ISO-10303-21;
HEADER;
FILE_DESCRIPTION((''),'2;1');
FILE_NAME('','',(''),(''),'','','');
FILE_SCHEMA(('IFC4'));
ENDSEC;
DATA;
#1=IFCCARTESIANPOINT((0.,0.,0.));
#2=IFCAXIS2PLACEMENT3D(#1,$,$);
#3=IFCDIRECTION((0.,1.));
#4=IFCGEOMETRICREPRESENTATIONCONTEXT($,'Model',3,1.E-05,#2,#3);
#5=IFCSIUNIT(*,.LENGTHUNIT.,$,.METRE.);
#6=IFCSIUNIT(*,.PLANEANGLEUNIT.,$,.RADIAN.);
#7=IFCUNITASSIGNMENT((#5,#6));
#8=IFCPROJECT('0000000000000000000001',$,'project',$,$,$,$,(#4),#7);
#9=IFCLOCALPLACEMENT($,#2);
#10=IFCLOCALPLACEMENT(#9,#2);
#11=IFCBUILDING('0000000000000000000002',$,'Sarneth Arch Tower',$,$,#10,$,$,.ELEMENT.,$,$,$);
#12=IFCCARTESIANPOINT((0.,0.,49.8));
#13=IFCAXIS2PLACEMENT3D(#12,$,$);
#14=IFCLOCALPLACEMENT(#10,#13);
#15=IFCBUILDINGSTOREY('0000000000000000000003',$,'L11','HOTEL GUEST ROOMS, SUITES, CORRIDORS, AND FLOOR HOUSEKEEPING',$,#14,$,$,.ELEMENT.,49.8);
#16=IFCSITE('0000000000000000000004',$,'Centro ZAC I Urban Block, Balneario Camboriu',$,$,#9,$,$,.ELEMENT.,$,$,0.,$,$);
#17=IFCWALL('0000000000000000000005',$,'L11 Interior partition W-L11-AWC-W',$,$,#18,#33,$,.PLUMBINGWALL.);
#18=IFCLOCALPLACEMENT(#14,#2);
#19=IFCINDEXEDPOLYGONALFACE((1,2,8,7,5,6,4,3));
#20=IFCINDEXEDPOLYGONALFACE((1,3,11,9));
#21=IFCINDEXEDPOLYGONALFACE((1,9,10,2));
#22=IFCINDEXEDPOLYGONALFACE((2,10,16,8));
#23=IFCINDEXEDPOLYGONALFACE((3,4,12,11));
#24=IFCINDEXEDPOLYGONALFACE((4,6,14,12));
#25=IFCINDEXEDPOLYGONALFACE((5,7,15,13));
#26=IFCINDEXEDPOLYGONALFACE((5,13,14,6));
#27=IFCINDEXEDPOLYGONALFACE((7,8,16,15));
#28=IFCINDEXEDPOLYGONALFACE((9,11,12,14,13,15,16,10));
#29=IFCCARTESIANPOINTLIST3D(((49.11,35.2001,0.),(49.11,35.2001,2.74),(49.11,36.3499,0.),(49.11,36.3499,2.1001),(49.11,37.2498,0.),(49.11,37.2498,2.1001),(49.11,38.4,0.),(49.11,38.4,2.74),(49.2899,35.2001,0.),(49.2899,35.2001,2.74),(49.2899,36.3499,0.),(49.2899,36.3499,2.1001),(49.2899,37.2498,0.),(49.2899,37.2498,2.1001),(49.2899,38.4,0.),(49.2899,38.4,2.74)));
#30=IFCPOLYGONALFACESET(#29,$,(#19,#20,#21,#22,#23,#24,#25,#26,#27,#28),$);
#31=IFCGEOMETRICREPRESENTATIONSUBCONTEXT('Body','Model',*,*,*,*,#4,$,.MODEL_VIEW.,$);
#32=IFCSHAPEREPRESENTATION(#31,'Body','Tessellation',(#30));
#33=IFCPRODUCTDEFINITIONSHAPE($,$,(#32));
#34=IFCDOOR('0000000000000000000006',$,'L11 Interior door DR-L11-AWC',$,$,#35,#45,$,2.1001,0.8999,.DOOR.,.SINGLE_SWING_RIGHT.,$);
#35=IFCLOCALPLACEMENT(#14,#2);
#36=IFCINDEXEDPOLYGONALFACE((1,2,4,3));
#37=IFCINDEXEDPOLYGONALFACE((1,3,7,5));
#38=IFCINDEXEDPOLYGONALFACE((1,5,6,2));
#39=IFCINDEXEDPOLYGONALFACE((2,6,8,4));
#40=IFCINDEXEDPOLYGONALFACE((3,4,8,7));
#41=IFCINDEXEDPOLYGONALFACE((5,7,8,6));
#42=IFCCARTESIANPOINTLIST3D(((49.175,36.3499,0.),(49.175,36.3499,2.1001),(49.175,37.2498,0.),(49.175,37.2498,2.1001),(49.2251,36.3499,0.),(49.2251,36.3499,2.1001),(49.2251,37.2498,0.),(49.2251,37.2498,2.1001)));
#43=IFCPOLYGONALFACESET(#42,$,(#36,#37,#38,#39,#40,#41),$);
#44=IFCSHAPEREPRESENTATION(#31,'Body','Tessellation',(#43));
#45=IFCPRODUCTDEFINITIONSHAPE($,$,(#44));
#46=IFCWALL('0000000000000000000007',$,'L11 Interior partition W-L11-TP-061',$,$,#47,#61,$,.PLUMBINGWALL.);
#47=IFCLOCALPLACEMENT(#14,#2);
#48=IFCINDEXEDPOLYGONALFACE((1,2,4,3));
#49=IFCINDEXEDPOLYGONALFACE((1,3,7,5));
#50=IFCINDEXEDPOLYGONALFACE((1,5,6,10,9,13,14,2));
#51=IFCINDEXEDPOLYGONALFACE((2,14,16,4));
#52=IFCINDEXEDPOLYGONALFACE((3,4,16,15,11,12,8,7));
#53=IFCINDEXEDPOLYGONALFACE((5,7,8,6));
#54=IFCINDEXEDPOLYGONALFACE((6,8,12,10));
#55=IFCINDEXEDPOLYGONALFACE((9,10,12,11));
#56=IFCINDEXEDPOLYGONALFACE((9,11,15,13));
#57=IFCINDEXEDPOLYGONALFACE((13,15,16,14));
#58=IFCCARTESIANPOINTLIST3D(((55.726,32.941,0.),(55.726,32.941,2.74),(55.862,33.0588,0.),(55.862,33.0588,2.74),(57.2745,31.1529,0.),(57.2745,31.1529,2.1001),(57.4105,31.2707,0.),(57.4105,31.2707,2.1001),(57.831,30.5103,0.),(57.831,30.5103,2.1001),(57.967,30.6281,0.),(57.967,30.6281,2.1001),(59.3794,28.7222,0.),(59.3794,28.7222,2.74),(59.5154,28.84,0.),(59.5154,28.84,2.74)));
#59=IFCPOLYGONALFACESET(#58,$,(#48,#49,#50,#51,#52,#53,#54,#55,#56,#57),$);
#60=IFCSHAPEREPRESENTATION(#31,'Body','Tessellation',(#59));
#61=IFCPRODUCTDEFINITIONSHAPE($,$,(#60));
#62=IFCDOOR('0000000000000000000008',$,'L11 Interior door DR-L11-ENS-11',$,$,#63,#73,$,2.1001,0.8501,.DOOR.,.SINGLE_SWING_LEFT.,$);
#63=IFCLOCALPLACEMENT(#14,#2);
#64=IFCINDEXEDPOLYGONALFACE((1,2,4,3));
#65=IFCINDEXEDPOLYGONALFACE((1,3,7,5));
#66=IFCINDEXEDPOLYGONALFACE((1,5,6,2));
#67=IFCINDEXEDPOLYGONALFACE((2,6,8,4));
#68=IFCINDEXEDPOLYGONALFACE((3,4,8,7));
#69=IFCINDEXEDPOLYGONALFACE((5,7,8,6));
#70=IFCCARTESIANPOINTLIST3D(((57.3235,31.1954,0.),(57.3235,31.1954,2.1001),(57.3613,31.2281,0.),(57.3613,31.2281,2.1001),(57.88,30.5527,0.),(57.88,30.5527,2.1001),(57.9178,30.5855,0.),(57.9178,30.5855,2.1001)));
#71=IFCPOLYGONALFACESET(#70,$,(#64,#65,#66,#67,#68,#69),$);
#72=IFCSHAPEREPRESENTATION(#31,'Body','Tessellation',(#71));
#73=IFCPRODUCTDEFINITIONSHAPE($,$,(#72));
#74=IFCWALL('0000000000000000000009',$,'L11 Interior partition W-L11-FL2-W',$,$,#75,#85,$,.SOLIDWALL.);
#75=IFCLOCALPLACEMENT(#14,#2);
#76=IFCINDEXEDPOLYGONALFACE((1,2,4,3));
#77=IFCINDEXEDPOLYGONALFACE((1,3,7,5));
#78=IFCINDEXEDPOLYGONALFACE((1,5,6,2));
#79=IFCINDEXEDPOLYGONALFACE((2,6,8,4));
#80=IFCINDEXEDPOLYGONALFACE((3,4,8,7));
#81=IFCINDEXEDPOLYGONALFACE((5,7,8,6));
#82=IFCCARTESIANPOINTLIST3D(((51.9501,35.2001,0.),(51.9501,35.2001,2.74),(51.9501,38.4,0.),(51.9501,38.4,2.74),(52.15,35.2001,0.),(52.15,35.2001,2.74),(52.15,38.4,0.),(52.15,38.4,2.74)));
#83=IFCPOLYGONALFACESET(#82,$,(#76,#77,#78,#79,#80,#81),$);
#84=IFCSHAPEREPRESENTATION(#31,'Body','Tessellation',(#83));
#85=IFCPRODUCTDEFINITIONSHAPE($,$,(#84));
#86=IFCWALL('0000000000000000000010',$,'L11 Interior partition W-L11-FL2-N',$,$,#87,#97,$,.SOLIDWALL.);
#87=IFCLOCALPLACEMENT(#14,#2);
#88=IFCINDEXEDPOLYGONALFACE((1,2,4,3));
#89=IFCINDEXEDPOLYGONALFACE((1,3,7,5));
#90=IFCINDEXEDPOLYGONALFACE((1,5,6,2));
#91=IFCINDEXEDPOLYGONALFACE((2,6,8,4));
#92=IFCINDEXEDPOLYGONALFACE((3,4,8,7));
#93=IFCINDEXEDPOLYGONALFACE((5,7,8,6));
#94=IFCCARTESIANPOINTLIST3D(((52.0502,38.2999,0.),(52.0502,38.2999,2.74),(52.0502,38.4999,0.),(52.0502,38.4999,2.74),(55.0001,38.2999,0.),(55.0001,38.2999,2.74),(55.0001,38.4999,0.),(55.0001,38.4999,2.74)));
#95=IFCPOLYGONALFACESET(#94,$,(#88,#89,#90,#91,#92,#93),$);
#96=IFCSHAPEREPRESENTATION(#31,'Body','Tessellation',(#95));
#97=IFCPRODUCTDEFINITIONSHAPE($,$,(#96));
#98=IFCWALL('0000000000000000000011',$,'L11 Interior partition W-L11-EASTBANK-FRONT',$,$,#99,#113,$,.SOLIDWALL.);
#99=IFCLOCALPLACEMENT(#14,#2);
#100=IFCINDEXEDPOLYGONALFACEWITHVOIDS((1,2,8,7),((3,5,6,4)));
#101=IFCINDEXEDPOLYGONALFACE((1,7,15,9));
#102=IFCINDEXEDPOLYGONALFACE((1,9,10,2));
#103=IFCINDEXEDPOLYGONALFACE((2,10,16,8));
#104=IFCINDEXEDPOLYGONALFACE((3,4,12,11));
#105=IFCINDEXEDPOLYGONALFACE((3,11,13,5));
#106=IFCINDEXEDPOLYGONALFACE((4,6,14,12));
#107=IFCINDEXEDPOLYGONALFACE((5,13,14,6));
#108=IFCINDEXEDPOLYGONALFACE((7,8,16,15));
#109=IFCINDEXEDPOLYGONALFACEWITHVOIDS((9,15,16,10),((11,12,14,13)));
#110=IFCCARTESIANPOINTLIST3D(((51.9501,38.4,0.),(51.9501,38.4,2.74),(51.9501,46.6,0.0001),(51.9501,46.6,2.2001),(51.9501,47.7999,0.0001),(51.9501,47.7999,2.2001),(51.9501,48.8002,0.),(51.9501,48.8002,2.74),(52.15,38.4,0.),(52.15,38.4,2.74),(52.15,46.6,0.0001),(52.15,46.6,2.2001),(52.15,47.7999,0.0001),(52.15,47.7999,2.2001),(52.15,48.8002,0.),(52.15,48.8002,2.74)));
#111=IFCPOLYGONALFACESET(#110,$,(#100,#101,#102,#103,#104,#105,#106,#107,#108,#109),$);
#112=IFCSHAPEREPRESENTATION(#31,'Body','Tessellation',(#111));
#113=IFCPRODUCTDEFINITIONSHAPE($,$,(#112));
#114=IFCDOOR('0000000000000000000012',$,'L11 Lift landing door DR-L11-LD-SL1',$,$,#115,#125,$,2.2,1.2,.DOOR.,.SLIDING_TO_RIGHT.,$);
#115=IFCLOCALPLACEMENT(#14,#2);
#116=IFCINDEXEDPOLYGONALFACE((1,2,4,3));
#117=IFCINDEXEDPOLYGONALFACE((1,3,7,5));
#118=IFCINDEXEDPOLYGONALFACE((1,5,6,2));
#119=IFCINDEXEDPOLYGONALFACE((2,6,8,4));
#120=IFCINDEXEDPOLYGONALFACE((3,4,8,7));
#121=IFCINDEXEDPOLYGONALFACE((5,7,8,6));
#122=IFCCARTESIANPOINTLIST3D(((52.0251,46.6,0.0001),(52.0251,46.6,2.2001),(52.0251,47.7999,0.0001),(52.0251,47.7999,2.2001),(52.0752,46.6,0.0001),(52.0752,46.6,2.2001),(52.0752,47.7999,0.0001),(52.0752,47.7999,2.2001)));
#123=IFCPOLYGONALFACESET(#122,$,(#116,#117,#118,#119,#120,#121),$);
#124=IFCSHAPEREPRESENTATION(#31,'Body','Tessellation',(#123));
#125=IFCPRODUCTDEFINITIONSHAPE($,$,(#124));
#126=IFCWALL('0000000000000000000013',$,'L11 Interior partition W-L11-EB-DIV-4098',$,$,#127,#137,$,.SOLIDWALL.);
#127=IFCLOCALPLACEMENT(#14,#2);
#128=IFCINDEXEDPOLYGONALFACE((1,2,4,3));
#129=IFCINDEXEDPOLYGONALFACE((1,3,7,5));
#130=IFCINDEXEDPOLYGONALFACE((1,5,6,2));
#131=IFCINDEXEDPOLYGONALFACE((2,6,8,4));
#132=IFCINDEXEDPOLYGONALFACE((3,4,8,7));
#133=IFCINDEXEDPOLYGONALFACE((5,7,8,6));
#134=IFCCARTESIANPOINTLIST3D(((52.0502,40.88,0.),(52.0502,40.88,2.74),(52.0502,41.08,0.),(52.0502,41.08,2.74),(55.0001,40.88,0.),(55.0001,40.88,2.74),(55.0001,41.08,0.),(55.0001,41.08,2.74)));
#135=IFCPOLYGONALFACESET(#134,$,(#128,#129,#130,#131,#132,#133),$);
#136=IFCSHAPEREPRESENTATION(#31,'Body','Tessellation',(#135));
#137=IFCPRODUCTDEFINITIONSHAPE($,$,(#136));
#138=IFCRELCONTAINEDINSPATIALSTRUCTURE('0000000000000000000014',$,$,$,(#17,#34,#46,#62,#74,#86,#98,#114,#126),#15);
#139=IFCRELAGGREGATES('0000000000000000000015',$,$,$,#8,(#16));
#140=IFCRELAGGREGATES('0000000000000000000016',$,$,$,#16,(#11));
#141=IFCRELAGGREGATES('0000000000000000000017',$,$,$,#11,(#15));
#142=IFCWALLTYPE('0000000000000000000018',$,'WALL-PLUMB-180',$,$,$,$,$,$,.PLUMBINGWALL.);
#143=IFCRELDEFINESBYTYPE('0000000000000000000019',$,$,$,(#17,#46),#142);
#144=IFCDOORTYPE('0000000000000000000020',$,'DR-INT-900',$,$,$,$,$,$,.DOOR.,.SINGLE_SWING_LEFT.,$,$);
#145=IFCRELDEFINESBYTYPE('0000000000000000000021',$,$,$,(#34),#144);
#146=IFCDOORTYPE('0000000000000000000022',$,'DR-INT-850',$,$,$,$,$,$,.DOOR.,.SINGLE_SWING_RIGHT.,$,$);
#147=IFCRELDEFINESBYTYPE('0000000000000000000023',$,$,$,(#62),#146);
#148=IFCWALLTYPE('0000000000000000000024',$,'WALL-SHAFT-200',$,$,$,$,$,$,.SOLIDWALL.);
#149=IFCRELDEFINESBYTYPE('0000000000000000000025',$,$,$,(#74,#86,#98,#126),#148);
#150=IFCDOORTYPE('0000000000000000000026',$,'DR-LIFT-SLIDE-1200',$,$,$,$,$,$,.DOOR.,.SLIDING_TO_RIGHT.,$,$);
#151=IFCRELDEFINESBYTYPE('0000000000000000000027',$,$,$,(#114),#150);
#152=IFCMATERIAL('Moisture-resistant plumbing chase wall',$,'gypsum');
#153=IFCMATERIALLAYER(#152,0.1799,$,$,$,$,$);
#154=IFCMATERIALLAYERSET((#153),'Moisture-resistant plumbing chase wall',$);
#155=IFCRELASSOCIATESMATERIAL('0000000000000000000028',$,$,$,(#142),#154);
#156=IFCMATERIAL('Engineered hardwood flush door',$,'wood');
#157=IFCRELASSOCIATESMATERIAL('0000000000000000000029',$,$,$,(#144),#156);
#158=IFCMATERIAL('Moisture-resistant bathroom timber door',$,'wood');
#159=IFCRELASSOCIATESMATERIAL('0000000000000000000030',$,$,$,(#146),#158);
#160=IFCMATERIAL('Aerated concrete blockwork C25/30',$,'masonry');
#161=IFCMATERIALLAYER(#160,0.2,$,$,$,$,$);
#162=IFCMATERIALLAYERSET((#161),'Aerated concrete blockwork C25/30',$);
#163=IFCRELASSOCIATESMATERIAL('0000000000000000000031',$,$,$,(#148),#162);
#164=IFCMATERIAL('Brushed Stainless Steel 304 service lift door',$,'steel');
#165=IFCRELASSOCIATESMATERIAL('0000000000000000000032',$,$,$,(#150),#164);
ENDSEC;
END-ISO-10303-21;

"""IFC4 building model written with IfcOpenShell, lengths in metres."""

from ifc_helpers import new_model, si_unit, direction, frame, frame_2d, origin, place, context, subcontext, project, spatial, rectangle, extrude, material, layer, layer_set, type_object, element, fill, save


model = new_model("IFC4")

# Units and contexts
model_context = context("Model", 3, precision=1e-05, world=origin(), true_north=direction((0.0, 1.0)))
body_context = subcontext(model_context, "Body", "Model", "MODEL_VIEW")
ifc_project = project(units=[si_unit("LENGTHUNIT", "METRE"), si_unit("PLANEANGLEUNIT", "RADIAN")], contexts=[model_context])

# Site, building, storey
site_placement = place(None, origin())
site = spatial("IfcSite", under=ifc_project, at=site_placement, Name="Centro ZAC I Urban Block, Balneario Camboriu", CompositionType="ELEMENT", RefElevation=0.0)
building_placement = place(site_placement, origin())
building = spatial("IfcBuilding", under=site, at=building_placement, Name="Sarneth Arch Tower", CompositionType="ELEMENT")
storey_placement = place(building_placement, frame((0.0, 0.0, 49.8)))
storey = spatial("IfcBuildingStorey", under=building, at=storey_placement, Name="L11", Description="HOTEL GUEST ROOMS, SUITES, CORRIDORS, AND FLOOR HOUSEKEEPING", CompositionType="ELEMENT", Elevation=49.8)

# Shared definitions
ifc_material_1 = material(Name="Moisture-resistant plumbing chase wall", Category="gypsum")
ifc_layer_1 = layer(ifc_material_1, 0.1799)
ifc_layer_set_1 = layer_set([ifc_layer_1], Name="Moisture-resistant plumbing chase wall")
wall_type_1 = type_object("IfcWallType", Name="WALL-PLUMB-180", PredefinedType="PLUMBINGWALL", material=ifc_layer_set_1)

# Walls, openings, doors
wall_1_placement = place(storey_placement, frame((49.2, 35.2, 0.0), z_axis=(0.0, 0.0, 1.0), x_axis=(0.0, 1.0, 0.0)))
wall_1 = element("IfcWall", 1, at=wall_1_placement, inside=storey, type_object=wall_type_1, Name="L11 Interior partition W-L11-AWC-W", PredefinedType="PLUMBINGWALL", context=body_context, shape_type="SweptSolid", body=[
    extrude(rectangle(XDim=3.2, YDim=0.1799, at=frame_2d((1.6001, 0.0))), origin(), (0.0, 0.0, 1.0), 2.74),
])
opening_1_placement = place(wall_1_placement, frame((1.1499, 0.0, 0.0)))
opening_1 = element("IfcOpeningElement", 2, at=opening_1_placement, cuts=wall_1, PredefinedType="OPENING", context=body_context, shape_type="SweptSolid", body=[
    extrude(rectangle(XDim=0.8999, YDim=2.1001, at=frame_2d((0.45, 1.05))), frame((0.0, 0.0999, 0.0), z_axis=(0.0, -1.0, 0.0), x_axis=(1.0, 0.0, 0.0)), (0.0, 0.0, 1.0), 0.2),
])
ifc_material_2 = material(Name="Engineered hardwood flush door", Category="wood")
door_type_1 = type_object("IfcDoorType", Name="DR-INT-900", OperationType="SINGLE_SWING_LEFT", PredefinedType="DOOR", material=ifc_material_2)
door_1_placement = place(opening_1_placement, origin())
door_1 = element("IfcDoor", 3, at=door_1_placement, inside=storey, type_object=door_type_1, Name="L11 Interior door DR-L11-AWC", OperationType="SINGLE_SWING_RIGHT", OverallHeight=2.1001, OverallWidth=0.8999, PredefinedType="DOOR", context=body_context, shape_type="SweptSolid", body=[
    extrude(rectangle(XDim=0.8999, YDim=2.1001, at=frame_2d((0.45, 1.05))), frame((0.0, 0.0249, 0.0), z_axis=(0.0, -1.0, 0.0), x_axis=(1.0, 0.0, 0.0)), (0.0, 0.0, 1.0), 0.05),
])
fill(opening_1, door_1)
wall_2_placement = place(storey_placement, frame((55.7939, 33.0, 0.0), z_axis=(0.0, 0.0, 1.0), x_axis=(0.654631, -0.755949, 0.0)))
wall_2 = element("IfcWall", 4, at=wall_2_placement, inside=storey, type_object=wall_type_1, Name="L11 Interior partition W-L11-TP-061", PredefinedType="PLUMBINGWALL", context=body_context, shape_type="SweptSolid", body=[
    extrude(rectangle(XDim=5.5808, YDim=0.1799, at=frame_2d((2.7905, 0.0))), origin(), (0.0, 0.0, 1.0), 2.74),
])
opening_2_placement = place(wall_2_placement, frame((2.3655, 0.0, 0.0)))
opening_2 = element("IfcOpeningElement", 5, at=opening_2_placement, cuts=wall_2, PredefinedType="OPENING", context=body_context, shape_type="SweptSolid", body=[
    extrude(rectangle(XDim=0.8501, YDim=2.1001, at=frame_2d((0.425, 1.05))), frame((0.0, 0.0999, 0.0), z_axis=(0.0, -1.0, 0.0), x_axis=(1.0, 0.0, 0.0)), (0.0, 0.0, 1.0), 0.2),
])
ifc_material_3 = material(Name="Moisture-resistant bathroom timber door", Category="wood")
door_type_2 = type_object("IfcDoorType", Name="DR-INT-850", OperationType="SINGLE_SWING_RIGHT", PredefinedType="DOOR", material=ifc_material_3)
door_2_placement = place(opening_2_placement, origin())
door_2 = element("IfcDoor", 6, at=door_2_placement, inside=storey, type_object=door_type_2, Name="L11 Interior door DR-L11-ENS-11", OperationType="SINGLE_SWING_LEFT", OverallHeight=2.1001, OverallWidth=0.8501, PredefinedType="DOOR", context=body_context, shape_type="SweptSolid", body=[
    extrude(rectangle(XDim=0.8501, YDim=2.1001, at=frame_2d((0.425, 1.05))), frame((0.0, 0.0249, 0.0), z_axis=(0.0, -1.0, 0.0), x_axis=(1.0, 0.0, 0.0)), (0.0, 0.0, 1.0), 0.05),
])
fill(opening_2, door_2)
ifc_material_4 = material(Name="Aerated concrete blockwork C25/30", Category="masonry")
ifc_layer_2 = layer(ifc_material_4, 0.2)
ifc_layer_set_2 = layer_set([ifc_layer_2], Name="Aerated concrete blockwork C25/30")
wall_type_2 = type_object("IfcWallType", Name="WALL-SHAFT-200", PredefinedType="SOLIDWALL", material=ifc_layer_set_2)

# Walls
wall_3_placement = place(storey_placement, frame((52.05, 35.2, 0.0), z_axis=(0.0, 0.0, 1.0), x_axis=(0.0, 1.0, 0.0)))
element("IfcWall", 7, at=wall_3_placement, inside=storey, type_object=wall_type_2, Name="L11 Interior partition W-L11-FL2-W", PredefinedType="SOLIDWALL", context=body_context, shape_type="SweptSolid", body=[
    extrude(rectangle(XDim=3.2, YDim=0.2, at=frame_2d((1.6001, 0.0))), origin(), (0.0, 0.0, 1.0), 2.74),
])
wall_4_placement = place(storey_placement, frame((52.05, 38.3999, 0.0), z_axis=(0.0, 0.0, 1.0), x_axis=(1.0, 0.0, 0.0)))
element("IfcWall", 8, at=wall_4_placement, inside=storey, type_object=wall_type_2, Name="L11 Interior partition W-L11-FL2-N", PredefinedType="SOLIDWALL", context=body_context, shape_type="SweptSolid", body=[
    extrude(rectangle(XDim=2.95, YDim=0.2, at=frame_2d((1.4751, 0.0))), origin(), (0.0, 0.0, 1.0), 2.74),
])

# Wall, opening, door
wall_5_placement = place(storey_placement, frame((52.05, 38.3999, 0.0), z_axis=(0.0, 0.0, 1.0), x_axis=(0.0, 1.0, 0.0)))
wall_5 = element("IfcWall", 9, at=wall_5_placement, inside=storey, type_object=wall_type_2, Name="L11 Interior partition W-L11-EASTBANK-FRONT", PredefinedType="SOLIDWALL", context=body_context, shape_type="SweptSolid", body=[
    extrude(rectangle(XDim=10.4001, YDim=0.2, at=frame_2d((5.2002, 0.0))), origin(), (0.0, 0.0, 1.0), 2.74),
])
opening_3_placement = place(wall_5_placement, frame((8.2, 0.0, 0.0)))
opening_3 = element("IfcOpeningElement", 10, at=opening_3_placement, cuts=wall_5, PredefinedType="OPENING", context=body_context, shape_type="SweptSolid", body=[
    extrude(rectangle(XDim=1.2, YDim=2.2, at=frame_2d((0.6001, 1.1001))), frame((0.0, 0.1099, 0.0), z_axis=(0.0, -1.0, 0.0), x_axis=(1.0, 0.0, 0.0)), (0.0, 0.0, 1.0), 0.22),
])
ifc_material_5 = material(Name="Brushed Stainless Steel 304 service lift door", Category="steel")
door_type_3 = type_object("IfcDoorType", Name="DR-LIFT-SLIDE-1200", OperationType="SLIDING_TO_RIGHT", PredefinedType="DOOR", material=ifc_material_5)
door_3_placement = place(opening_3_placement, origin())
door_3 = element("IfcDoor", 11, at=door_3_placement, inside=storey, type_object=door_type_3, Name="L11 Lift landing door DR-L11-LD-SL1", OperationType="SLIDING_TO_RIGHT", OverallHeight=2.2, OverallWidth=1.2, PredefinedType="DOOR", context=body_context, shape_type="SweptSolid", body=[
    extrude(rectangle(XDim=1.2, YDim=2.2, at=frame_2d((0.6001, 1.1001))), frame((0.0, 0.0249, 0.0), z_axis=(0.0, -1.0, 0.0), x_axis=(1.0, 0.0, 0.0)), (0.0, 0.0, 1.0), 0.05),
])
fill(opening_3, door_3)

# Wall
wall_6_placement = place(storey_placement, frame((52.05, 40.98, 0.0), z_axis=(0.0, 0.0, 1.0), x_axis=(1.0, 0.0, 0.0)))
element("IfcWall", 12, at=wall_6_placement, inside=storey, type_object=wall_type_2, Name="L11 Interior partition W-L11-EB-DIV-4098", PredefinedType="SOLIDWALL", context=body_context, shape_type="SweptSolid", body=[
    extrude(rectangle(XDim=2.95, YDim=0.2, at=frame_2d((1.4751, 0.0))), origin(), (0.0, 0.0, 1.0), 2.74),
])

save(model, "model.ifc")
